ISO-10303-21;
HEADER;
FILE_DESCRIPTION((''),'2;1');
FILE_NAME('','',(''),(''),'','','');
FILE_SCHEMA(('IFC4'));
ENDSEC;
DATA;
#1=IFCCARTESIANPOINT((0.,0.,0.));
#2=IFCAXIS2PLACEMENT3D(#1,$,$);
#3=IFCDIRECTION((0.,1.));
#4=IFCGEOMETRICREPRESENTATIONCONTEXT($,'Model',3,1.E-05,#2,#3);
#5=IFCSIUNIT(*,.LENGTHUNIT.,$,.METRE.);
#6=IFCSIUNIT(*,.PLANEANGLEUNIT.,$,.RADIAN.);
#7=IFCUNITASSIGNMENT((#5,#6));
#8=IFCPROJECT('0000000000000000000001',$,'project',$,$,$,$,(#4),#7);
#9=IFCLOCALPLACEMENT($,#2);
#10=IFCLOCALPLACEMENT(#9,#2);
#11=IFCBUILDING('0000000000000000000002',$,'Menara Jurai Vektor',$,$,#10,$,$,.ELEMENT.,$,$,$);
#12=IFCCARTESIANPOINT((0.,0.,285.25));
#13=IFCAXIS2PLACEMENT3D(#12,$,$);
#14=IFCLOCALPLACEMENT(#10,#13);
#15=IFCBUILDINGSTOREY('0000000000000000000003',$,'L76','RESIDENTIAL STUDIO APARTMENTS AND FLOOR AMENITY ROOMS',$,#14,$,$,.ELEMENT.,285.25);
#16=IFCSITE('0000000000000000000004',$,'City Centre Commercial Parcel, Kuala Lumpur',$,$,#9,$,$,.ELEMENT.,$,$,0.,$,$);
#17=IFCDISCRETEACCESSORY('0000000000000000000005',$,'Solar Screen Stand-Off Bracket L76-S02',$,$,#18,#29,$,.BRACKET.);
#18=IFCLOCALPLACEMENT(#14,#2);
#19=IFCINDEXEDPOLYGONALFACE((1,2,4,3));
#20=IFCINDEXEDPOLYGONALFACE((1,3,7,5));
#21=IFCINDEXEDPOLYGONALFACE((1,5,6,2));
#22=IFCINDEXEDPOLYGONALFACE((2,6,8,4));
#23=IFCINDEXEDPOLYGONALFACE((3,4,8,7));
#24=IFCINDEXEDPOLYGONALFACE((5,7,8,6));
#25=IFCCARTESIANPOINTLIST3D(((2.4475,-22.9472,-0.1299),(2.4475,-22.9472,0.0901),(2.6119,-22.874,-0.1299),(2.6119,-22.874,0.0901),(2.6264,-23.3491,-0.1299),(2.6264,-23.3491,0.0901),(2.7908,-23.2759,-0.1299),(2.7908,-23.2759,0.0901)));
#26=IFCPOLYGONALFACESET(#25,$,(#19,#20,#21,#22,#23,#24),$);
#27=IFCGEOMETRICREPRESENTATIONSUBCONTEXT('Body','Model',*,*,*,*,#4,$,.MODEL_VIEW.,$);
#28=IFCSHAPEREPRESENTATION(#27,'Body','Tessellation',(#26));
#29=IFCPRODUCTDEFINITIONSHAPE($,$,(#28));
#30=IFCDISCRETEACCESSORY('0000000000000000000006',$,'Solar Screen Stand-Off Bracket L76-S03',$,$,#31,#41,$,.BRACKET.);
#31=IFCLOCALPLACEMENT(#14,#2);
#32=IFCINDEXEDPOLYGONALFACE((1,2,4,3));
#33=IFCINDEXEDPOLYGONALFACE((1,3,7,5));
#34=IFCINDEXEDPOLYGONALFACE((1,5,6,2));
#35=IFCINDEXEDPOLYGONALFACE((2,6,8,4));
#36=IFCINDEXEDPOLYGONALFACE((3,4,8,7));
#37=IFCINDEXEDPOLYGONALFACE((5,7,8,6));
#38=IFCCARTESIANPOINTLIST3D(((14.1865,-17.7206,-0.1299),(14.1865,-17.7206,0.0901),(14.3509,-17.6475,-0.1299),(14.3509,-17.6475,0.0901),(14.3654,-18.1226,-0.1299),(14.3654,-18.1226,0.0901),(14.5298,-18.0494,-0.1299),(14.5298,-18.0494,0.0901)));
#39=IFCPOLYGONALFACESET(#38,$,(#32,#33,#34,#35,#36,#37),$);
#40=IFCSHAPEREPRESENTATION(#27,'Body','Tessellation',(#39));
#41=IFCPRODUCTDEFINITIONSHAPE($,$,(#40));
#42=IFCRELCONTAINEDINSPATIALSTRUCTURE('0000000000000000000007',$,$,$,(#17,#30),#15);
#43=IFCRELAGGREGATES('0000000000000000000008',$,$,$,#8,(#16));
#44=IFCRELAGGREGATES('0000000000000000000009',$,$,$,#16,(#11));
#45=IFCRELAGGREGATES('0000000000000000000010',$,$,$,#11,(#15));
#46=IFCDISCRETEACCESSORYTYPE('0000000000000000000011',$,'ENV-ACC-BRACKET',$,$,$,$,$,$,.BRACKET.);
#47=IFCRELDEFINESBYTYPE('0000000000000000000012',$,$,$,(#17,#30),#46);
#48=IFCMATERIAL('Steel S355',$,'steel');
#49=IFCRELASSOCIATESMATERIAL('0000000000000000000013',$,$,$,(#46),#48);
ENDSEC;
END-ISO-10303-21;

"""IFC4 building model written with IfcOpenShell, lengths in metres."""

from ifc_helpers import new_model, si_unit, direction, frame, origin, origin_2d, place, context, subcontext, project, spatial, rectangle, extrude, material, type_object, element, save


model = new_model("IFC4")

# Units and contexts
model_context = context("Model", 3, precision=1e-05, world=origin(), true_north=direction((0.0, 1.0)))
body_context = subcontext(model_context, "Body", "Model", "MODEL_VIEW")
ifc_project = project(units=[si_unit("LENGTHUNIT", "METRE"), si_unit("PLANEANGLEUNIT", "RADIAN")], contexts=[model_context])

# Site, building, storey
site_placement = place(None, origin())
site = spatial("IfcSite", under=ifc_project, at=site_placement, Name="City Centre Commercial Parcel, Kuala Lumpur", CompositionType="ELEMENT", RefElevation=0.0)
building_placement = place(site_placement, origin())
building = spatial("IfcBuilding", under=site, at=building_placement, Name="Menara Jurai Vektor", CompositionType="ELEMENT")
storey_placement = place(building_placement, frame((0.0, 0.0, 285.25)))
storey = spatial("IfcBuildingStorey", under=building, at=storey_placement, Name="L76", Description="RESIDENTIAL STUDIO APARTMENTS AND FLOOR AMENITY ROOMS", CompositionType="ELEMENT", Elevation=285.25)

# Shared definitions
ifc_material_1 = material(Name="Steel S355", Category="steel")

# Discrete accessories
discrete_accessory_type = type_object("IfcDiscreteAccessoryType", Name="ENV-ACC-BRACKET", PredefinedType="BRACKET", material=ifc_material_1)
for number, where, z_axis, x_axis, name in (
    (1, (2.6191, -23.1116, -0.1299), (0.0, 0.0, 1.0), (0.913545, 0.406737, 0.0), "Solar Screen Stand-Off Bracket L76-S02"),
    (2, (14.3582, -17.885, -0.1299), (0.0, 0.0, 1.0), (0.913545, 0.406737, 0.0), "Solar Screen Stand-Off Bracket L76-S03"),
):
    element("IfcDiscreteAccessory", number, at=place(storey_placement, frame(where, z_axis=z_axis, x_axis=x_axis)), inside=storey, type_object=discrete_accessory_type, Name=name, PredefinedType="BRACKET", context=body_context, shape_type="SweptSolid", body=[
        extrude(rectangle(XDim=0.1799, YDim=0.4399, at=origin_2d()), origin(), (0.0, 0.0, 1.0), 0.22),
    ])

save(model, "model.ifc")
